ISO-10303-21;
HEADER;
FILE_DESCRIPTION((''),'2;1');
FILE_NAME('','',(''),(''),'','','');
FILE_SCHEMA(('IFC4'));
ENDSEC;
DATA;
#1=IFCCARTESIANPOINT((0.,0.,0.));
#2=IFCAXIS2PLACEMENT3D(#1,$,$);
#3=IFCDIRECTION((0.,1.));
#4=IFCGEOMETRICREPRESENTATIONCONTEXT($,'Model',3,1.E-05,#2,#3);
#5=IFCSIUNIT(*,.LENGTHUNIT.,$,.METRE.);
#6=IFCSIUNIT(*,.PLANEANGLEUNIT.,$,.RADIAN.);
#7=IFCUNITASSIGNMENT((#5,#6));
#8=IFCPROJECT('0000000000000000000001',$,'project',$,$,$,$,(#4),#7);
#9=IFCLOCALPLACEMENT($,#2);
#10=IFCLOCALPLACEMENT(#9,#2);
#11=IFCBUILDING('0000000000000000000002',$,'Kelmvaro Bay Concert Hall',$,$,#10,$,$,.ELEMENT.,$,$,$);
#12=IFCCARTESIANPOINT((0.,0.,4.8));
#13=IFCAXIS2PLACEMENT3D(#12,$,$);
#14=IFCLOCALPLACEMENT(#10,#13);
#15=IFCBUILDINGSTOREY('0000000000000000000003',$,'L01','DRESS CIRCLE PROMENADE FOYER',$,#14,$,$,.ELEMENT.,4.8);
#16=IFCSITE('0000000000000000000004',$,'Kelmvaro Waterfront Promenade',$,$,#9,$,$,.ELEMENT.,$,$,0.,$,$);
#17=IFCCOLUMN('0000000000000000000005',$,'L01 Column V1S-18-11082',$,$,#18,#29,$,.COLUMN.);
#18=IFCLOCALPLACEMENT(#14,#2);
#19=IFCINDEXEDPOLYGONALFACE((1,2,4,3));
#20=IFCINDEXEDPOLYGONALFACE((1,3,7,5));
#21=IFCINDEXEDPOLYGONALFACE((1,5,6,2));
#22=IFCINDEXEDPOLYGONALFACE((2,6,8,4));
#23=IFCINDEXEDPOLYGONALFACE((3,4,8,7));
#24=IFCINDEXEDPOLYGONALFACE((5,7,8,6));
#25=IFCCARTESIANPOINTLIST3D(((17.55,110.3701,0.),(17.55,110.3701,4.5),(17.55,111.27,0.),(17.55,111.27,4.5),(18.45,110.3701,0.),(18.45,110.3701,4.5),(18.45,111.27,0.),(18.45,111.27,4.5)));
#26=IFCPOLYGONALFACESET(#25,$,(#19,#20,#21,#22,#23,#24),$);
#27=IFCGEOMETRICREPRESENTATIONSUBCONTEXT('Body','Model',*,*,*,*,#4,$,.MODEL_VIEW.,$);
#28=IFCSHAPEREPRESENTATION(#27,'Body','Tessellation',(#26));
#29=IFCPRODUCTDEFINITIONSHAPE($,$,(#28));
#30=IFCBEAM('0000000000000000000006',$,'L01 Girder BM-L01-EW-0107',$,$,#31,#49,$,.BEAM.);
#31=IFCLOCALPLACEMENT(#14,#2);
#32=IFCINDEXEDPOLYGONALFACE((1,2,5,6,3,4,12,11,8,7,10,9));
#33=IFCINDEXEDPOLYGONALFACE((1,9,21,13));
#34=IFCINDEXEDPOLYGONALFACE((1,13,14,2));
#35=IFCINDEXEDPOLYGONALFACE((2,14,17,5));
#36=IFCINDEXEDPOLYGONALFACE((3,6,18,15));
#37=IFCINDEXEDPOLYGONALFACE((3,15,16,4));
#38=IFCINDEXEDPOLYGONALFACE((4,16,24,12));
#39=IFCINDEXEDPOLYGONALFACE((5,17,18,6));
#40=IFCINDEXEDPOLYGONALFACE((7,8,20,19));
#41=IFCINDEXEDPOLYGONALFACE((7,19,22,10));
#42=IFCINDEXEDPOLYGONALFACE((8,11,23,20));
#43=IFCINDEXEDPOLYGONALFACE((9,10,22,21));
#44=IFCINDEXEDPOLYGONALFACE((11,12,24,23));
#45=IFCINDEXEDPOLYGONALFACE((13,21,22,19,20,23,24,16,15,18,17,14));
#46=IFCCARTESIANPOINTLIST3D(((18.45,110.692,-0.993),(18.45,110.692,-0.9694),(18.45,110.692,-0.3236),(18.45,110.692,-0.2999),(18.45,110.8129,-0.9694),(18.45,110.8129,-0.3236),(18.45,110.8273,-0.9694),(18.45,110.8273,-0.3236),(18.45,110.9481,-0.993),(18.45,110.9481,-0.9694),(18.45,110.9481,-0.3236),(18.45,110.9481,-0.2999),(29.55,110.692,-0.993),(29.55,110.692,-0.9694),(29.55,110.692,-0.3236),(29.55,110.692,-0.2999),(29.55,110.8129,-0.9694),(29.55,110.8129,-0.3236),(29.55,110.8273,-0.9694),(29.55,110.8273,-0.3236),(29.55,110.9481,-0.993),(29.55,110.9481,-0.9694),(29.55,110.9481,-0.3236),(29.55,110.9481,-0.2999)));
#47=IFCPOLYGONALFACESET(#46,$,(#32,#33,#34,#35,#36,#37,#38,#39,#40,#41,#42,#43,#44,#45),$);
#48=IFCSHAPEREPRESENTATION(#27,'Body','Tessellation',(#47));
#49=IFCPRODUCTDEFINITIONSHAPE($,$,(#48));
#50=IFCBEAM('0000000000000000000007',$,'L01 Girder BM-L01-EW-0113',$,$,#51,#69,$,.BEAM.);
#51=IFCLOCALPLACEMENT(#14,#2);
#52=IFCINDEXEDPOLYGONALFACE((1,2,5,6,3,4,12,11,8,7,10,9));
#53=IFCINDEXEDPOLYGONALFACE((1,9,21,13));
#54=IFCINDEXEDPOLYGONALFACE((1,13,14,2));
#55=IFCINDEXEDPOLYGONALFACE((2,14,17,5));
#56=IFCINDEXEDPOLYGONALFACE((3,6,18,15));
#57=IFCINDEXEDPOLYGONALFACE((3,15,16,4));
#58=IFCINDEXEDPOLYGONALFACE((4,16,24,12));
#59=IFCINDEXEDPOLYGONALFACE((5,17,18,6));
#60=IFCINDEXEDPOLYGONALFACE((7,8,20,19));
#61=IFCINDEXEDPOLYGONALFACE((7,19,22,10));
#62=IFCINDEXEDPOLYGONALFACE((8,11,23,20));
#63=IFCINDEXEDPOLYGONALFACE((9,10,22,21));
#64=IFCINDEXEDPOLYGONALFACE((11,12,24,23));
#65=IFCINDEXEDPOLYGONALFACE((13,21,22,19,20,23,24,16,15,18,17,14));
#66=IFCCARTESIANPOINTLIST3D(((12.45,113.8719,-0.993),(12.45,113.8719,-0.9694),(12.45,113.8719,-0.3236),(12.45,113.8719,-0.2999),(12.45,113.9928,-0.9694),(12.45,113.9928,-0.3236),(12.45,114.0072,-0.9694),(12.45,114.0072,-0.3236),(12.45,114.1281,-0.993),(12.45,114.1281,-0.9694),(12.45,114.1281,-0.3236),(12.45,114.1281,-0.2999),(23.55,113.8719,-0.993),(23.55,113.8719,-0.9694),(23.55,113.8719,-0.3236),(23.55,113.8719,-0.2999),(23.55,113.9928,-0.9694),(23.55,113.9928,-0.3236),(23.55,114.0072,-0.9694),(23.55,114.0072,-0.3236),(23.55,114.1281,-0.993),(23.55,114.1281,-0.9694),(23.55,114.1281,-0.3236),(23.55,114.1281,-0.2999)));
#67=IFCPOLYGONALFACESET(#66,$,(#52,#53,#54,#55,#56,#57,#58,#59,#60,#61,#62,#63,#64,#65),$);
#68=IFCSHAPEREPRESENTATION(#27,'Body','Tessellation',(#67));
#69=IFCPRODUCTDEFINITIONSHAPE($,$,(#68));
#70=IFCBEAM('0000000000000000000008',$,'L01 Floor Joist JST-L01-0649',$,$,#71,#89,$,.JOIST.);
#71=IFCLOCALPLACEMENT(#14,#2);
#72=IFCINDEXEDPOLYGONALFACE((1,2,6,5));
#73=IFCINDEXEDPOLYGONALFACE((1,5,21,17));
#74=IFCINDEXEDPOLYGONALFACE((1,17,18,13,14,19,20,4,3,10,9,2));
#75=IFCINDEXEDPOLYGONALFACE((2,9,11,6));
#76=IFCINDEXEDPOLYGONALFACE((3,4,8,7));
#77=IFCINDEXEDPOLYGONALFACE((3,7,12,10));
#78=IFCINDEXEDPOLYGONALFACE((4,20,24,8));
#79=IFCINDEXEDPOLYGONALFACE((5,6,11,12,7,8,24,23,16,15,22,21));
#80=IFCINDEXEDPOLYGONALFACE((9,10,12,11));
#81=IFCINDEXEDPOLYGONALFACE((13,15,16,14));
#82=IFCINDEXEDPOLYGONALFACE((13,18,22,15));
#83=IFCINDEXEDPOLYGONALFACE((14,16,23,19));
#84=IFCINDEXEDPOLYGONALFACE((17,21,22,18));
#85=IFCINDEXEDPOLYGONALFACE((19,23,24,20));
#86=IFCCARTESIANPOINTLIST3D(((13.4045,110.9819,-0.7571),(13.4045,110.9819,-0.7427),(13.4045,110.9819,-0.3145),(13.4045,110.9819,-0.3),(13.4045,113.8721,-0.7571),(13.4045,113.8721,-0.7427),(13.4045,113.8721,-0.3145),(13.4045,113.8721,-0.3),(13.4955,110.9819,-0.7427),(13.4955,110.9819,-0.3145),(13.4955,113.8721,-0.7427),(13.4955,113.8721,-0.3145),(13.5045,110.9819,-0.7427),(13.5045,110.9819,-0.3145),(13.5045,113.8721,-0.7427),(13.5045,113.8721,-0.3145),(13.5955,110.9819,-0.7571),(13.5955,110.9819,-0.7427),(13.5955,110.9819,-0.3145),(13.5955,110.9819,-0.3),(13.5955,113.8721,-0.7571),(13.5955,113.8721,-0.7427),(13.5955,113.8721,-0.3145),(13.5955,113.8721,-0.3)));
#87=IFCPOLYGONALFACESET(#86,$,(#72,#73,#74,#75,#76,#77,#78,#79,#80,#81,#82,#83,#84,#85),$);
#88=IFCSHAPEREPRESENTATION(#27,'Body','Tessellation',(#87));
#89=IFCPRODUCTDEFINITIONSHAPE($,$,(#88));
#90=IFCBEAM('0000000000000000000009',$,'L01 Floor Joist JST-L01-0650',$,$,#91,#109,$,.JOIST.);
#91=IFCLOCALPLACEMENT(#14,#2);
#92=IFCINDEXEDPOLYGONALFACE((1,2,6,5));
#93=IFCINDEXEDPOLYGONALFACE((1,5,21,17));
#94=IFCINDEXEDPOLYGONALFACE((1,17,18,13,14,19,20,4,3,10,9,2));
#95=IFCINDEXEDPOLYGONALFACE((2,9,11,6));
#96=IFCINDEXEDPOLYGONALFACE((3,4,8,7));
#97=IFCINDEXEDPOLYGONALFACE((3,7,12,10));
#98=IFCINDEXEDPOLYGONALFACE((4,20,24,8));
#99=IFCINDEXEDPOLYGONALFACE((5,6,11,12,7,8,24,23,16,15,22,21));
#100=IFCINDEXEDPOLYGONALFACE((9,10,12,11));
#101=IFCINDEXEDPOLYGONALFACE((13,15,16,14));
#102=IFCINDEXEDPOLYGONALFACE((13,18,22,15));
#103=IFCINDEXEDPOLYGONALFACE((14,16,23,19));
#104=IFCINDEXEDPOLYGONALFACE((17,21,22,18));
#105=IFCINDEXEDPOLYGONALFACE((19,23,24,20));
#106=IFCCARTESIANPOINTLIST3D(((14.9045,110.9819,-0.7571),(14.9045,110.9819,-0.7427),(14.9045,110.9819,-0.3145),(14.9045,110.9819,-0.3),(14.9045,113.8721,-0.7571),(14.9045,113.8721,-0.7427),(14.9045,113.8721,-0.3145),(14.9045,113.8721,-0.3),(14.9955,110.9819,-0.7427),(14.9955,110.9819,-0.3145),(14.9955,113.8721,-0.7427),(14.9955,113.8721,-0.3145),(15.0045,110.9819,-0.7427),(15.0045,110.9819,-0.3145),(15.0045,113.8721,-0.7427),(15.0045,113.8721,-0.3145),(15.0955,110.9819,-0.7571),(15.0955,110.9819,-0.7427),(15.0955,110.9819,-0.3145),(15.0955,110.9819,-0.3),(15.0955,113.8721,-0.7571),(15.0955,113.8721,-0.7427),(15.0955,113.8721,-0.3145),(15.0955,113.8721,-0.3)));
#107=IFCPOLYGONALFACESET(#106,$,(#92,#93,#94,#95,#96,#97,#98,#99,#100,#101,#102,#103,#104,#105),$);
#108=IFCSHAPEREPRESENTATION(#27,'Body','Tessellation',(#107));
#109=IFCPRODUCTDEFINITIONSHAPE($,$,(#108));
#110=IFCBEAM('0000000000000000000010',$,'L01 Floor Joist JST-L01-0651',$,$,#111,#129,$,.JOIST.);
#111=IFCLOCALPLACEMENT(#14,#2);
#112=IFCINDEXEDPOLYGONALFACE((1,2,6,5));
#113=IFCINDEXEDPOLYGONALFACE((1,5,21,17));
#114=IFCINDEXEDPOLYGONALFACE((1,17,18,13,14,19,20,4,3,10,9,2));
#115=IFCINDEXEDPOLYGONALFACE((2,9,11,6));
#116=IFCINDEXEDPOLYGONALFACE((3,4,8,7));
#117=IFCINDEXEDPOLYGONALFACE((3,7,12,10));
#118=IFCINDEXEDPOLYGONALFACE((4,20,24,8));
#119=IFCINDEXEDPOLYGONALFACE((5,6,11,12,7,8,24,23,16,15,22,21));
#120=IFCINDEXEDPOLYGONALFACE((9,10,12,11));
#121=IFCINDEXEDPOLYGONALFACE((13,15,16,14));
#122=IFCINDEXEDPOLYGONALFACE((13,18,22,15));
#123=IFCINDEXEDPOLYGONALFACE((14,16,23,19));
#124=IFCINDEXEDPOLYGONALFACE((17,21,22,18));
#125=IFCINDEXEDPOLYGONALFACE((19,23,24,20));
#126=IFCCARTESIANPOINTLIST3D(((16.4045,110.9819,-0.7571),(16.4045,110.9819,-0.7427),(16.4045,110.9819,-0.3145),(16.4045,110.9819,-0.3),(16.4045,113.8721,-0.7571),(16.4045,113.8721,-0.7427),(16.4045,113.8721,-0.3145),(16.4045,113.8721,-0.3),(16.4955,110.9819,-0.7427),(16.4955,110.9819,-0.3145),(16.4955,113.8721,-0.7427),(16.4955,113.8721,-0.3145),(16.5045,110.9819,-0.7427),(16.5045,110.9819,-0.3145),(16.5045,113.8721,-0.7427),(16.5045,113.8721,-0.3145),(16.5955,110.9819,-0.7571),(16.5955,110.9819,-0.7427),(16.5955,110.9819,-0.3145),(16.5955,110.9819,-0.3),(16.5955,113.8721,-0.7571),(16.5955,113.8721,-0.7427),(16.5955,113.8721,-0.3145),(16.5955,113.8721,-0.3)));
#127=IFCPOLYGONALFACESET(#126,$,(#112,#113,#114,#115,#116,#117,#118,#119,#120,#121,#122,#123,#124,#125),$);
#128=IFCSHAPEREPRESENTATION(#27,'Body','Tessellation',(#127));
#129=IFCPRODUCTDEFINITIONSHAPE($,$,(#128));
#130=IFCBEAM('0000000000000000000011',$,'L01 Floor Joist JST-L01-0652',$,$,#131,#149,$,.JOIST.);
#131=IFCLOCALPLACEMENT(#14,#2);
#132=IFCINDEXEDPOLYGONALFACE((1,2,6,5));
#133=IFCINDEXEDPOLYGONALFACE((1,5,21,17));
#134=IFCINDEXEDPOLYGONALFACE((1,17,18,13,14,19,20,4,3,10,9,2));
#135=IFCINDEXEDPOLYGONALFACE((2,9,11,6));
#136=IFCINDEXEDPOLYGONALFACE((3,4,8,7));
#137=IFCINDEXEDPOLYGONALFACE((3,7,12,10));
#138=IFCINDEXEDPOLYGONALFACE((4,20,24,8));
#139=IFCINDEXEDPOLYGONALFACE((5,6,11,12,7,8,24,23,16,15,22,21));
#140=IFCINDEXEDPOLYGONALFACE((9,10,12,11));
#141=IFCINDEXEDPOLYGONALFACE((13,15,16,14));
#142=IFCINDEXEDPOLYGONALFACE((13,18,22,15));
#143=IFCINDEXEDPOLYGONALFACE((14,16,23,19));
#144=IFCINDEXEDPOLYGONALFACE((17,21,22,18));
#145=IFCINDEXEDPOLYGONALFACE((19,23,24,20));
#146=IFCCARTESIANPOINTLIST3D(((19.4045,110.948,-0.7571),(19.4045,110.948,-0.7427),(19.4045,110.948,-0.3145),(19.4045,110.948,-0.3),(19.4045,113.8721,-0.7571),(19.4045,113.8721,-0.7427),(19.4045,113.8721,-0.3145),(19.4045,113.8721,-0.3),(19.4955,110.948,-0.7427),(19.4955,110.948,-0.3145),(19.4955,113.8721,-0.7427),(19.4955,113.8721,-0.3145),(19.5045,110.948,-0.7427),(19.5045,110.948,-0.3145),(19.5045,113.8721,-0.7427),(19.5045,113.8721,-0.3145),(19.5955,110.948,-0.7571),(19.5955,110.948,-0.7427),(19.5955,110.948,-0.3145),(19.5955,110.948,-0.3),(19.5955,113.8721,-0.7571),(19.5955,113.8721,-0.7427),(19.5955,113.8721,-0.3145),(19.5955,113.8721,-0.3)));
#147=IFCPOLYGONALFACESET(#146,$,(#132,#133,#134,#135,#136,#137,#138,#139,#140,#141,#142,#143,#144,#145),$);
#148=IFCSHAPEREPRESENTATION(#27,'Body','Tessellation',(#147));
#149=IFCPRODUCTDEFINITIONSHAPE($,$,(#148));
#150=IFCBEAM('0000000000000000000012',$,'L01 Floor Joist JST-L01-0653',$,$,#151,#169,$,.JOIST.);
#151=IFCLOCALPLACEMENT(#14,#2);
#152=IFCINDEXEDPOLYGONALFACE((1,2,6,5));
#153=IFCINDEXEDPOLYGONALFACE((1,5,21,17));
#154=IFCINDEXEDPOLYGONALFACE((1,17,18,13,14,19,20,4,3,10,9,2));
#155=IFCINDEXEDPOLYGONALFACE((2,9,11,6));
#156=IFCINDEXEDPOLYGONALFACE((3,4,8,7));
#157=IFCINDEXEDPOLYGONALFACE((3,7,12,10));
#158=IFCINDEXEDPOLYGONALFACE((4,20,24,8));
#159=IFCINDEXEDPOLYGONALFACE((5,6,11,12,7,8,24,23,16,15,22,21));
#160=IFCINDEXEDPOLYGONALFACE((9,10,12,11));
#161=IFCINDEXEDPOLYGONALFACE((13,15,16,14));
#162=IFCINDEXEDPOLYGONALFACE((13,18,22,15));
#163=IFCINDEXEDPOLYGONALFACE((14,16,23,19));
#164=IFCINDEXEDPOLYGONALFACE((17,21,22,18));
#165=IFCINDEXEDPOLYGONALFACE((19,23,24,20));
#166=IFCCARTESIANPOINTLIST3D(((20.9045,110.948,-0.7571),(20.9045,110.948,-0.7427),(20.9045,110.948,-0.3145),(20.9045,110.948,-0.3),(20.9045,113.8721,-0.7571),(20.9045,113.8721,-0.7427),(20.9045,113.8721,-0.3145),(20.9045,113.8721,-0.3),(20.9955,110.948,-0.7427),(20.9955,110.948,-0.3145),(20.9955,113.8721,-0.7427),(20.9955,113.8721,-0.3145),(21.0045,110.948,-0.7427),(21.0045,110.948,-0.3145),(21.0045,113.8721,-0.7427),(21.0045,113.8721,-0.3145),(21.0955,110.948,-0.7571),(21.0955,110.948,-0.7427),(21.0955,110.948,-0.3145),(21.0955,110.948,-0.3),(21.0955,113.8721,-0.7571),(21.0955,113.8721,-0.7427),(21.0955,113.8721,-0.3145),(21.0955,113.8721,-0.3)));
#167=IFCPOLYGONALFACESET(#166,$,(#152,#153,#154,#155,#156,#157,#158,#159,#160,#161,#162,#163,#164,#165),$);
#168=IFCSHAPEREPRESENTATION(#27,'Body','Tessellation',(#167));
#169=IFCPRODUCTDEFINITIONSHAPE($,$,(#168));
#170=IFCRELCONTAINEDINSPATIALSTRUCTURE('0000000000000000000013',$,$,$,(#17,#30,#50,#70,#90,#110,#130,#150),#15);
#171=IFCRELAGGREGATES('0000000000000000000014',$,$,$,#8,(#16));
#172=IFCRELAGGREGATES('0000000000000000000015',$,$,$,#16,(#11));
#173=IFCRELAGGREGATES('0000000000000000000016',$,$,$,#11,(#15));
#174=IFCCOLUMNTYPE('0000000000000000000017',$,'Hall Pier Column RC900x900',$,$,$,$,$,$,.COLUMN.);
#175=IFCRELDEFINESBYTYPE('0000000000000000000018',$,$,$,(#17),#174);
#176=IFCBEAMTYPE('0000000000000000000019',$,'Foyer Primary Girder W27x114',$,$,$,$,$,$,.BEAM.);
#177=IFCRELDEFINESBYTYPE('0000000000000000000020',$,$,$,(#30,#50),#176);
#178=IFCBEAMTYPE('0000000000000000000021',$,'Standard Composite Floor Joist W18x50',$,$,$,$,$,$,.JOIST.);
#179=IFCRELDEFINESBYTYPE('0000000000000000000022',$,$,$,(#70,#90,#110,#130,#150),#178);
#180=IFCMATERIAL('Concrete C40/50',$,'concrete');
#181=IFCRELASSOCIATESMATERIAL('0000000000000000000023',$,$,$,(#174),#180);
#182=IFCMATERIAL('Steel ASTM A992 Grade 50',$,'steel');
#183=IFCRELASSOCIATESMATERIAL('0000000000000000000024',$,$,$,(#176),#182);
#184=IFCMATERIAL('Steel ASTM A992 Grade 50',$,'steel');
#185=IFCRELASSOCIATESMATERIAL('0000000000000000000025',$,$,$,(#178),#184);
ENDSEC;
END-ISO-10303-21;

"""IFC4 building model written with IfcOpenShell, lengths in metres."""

from ifc_helpers import new_model, si_unit, direction, frame, origin, origin_2d, place, context, subcontext, project, spatial, rectangle, i_section, extrude, material, material_profile, profile_set, type_object, element, save


model = new_model("IFC4")

# Units and contexts
model_context = context("Model", 3, precision=1e-05, world=origin(), true_north=direction((0.0, 1.0)))
body_context = subcontext(model_context, "Body", "Model", "MODEL_VIEW")
ifc_project = project(units=[si_unit("LENGTHUNIT", "METRE"), si_unit("PLANEANGLEUNIT", "RADIAN")], contexts=[model_context])

# Site, building, storey
site_placement = place(None, origin())
site = spatial("IfcSite", under=ifc_project, at=site_placement, Name="Kelmvaro Waterfront Promenade", CompositionType="ELEMENT", RefElevation=0.0)
building_placement = place(site_placement, origin())
building = spatial("IfcBuilding", under=site, at=building_placement, Name="Kelmvaro Bay Concert Hall", CompositionType="ELEMENT")
storey_placement = place(building_placement, frame((0.0, 0.0, 4.8)))
storey = spatial("IfcBuildingStorey", under=building, at=storey_placement, Name="L01", Description="DRESS CIRCLE PROMENADE FOYER", CompositionType="ELEMENT", Elevation=4.8)

# Column
ifc_material_1 = material(Name="Concrete C40/50", Category="concrete")
ifc_material_profile_1 = material_profile(ifc_material_1, rectangle(XDim=0.8999, YDim=0.8999, at=origin_2d()), Name="RC-COL-900X900")
ifc_profile_set_1 = profile_set([ifc_material_profile_1], Name="Concrete C40/50")
column_type = type_object("IfcColumnType", Name="Hall Pier Column RC900x900", PredefinedType="COLUMN", material=ifc_profile_set_1)
column_placement = place(storey_placement, frame((18.0, 110.8201, 0.0), z_axis=(0.0, 0.0, 1.0), x_axis=(1.0, 0.0, 0.0)))
element("IfcColumn", 1, at=column_placement, inside=storey, type_object=column_type, Name="L01 Column V1S-18-11082", PredefinedType="COLUMN", context=body_context, shape_type="SweptSolid", body=[
    extrude(rectangle(XDim=0.8999, YDim=0.8999, at=origin_2d()), origin(), (0.0, 0.0, 1.0), 4.5),
])

# Beams
ifc_material_2 = material(Name="Steel ASTM A992 Grade 50", Category="steel")
ifc_material_profile_2 = material_profile(ifc_material_2, i_section(OverallWidth=0.2561, OverallDepth=0.6931, WebThickness=0.0144, FlangeThickness=0.0237, at=origin_2d()), Name="W27X114")
ifc_profile_set_2 = profile_set([ifc_material_profile_2], Name="Steel ASTM A992 Grade 50")
beam_type_1 = type_object("IfcBeamType", Name="Foyer Primary Girder W27x114", PredefinedType="BEAM", material=ifc_profile_set_2)
for number, where, z_axis, x_axis, name in (
    (2, (18.45, 110.8201, -0.6465), (1.0, 0.0, 0.0), (0.0, 1.0, 0.0), "L01 Girder BM-L01-EW-0107"),
    (3, (12.45, 114.0, -0.6465), (1.0, 0.0, 0.0), (0.0, 1.0, 0.0), "L01 Girder BM-L01-EW-0113"),
):
    element("IfcBeam", number, at=place(storey_placement, frame(where, z_axis=z_axis, x_axis=x_axis)), inside=storey, type_object=beam_type_1, Name=name, PredefinedType="BEAM", context=body_context, shape_type="SweptSolid", body=[
        extrude(i_section(OverallWidth=0.2561, OverallDepth=0.6931, WebThickness=0.0144, FlangeThickness=0.0237, at=origin_2d()), origin(), (0.0, 0.0, 1.0), 11.1001),
    ])
ifc_material_3 = material(Name="Steel ASTM A992 Grade 50", Category="steel")
ifc_material_profile_3 = material_profile(ifc_material_3, i_section(OverallWidth=0.1909, OverallDepth=0.457, WebThickness=0.009, FlangeThickness=0.0144, at=origin_2d()), Name="W18X50")
ifc_profile_set_3 = profile_set([ifc_material_profile_3], Name="Steel ASTM A992 Grade 50")
beam_type_2 = type_object("IfcBeamType", Name="Standard Composite Floor Joist W18x50", PredefinedType="JOIST", material=ifc_profile_set_3)
for number, where, z_axis, x_axis, name in (
    (4, (13.5, 110.9819, -0.5286), (0.0, 1.0, 0.0), (-1.0, 0.0, 0.0), "L01 Floor Joist JST-L01-0649"),
    (5, (15.0, 110.9819, -0.5286), (0.0, 1.0, 0.0), (-1.0, 0.0, 0.0), "L01 Floor Joist JST-L01-0650"),
    (6, (16.5, 110.9819, -0.5286), (0.0, 1.0, 0.0), (-1.0, 0.0, 0.0), "L01 Floor Joist JST-L01-0651"),
):
    element("IfcBeam", number, at=place(storey_placement, frame(where, z_axis=z_axis, x_axis=x_axis)), inside=storey, type_object=beam_type_2, Name=name, PredefinedType="JOIST", context=body_context, shape_type="SweptSolid", body=[
        extrude(i_section(OverallWidth=0.1909, OverallDepth=0.457, WebThickness=0.009, FlangeThickness=0.0144, at=origin_2d()), origin(), (0.0, 0.0, 1.0), 2.8901),
    ])
for number, where, z_axis, x_axis, name in (
    (7, (19.5, 110.948, -0.5286), (0.0, 1.0, 0.0), (-1.0, 0.0, 0.0), "L01 Floor Joist JST-L01-0652"),
    (8, (21.0, 110.948, -0.5286), (0.0, 1.0, 0.0), (-1.0, 0.0, 0.0), "L01 Floor Joist JST-L01-0653"),
):
    element("IfcBeam", number, at=place(storey_placement, frame(where, z_axis=z_axis, x_axis=x_axis)), inside=storey, type_object=beam_type_2, Name=name, PredefinedType="JOIST", context=body_context, shape_type="SweptSolid", body=[
        extrude(i_section(OverallWidth=0.1909, OverallDepth=0.457, WebThickness=0.009, FlangeThickness=0.0144, at=origin_2d()), origin(), (0.0, 0.0, 1.0), 2.9241),
    ])

save(model, "model.ifc")
